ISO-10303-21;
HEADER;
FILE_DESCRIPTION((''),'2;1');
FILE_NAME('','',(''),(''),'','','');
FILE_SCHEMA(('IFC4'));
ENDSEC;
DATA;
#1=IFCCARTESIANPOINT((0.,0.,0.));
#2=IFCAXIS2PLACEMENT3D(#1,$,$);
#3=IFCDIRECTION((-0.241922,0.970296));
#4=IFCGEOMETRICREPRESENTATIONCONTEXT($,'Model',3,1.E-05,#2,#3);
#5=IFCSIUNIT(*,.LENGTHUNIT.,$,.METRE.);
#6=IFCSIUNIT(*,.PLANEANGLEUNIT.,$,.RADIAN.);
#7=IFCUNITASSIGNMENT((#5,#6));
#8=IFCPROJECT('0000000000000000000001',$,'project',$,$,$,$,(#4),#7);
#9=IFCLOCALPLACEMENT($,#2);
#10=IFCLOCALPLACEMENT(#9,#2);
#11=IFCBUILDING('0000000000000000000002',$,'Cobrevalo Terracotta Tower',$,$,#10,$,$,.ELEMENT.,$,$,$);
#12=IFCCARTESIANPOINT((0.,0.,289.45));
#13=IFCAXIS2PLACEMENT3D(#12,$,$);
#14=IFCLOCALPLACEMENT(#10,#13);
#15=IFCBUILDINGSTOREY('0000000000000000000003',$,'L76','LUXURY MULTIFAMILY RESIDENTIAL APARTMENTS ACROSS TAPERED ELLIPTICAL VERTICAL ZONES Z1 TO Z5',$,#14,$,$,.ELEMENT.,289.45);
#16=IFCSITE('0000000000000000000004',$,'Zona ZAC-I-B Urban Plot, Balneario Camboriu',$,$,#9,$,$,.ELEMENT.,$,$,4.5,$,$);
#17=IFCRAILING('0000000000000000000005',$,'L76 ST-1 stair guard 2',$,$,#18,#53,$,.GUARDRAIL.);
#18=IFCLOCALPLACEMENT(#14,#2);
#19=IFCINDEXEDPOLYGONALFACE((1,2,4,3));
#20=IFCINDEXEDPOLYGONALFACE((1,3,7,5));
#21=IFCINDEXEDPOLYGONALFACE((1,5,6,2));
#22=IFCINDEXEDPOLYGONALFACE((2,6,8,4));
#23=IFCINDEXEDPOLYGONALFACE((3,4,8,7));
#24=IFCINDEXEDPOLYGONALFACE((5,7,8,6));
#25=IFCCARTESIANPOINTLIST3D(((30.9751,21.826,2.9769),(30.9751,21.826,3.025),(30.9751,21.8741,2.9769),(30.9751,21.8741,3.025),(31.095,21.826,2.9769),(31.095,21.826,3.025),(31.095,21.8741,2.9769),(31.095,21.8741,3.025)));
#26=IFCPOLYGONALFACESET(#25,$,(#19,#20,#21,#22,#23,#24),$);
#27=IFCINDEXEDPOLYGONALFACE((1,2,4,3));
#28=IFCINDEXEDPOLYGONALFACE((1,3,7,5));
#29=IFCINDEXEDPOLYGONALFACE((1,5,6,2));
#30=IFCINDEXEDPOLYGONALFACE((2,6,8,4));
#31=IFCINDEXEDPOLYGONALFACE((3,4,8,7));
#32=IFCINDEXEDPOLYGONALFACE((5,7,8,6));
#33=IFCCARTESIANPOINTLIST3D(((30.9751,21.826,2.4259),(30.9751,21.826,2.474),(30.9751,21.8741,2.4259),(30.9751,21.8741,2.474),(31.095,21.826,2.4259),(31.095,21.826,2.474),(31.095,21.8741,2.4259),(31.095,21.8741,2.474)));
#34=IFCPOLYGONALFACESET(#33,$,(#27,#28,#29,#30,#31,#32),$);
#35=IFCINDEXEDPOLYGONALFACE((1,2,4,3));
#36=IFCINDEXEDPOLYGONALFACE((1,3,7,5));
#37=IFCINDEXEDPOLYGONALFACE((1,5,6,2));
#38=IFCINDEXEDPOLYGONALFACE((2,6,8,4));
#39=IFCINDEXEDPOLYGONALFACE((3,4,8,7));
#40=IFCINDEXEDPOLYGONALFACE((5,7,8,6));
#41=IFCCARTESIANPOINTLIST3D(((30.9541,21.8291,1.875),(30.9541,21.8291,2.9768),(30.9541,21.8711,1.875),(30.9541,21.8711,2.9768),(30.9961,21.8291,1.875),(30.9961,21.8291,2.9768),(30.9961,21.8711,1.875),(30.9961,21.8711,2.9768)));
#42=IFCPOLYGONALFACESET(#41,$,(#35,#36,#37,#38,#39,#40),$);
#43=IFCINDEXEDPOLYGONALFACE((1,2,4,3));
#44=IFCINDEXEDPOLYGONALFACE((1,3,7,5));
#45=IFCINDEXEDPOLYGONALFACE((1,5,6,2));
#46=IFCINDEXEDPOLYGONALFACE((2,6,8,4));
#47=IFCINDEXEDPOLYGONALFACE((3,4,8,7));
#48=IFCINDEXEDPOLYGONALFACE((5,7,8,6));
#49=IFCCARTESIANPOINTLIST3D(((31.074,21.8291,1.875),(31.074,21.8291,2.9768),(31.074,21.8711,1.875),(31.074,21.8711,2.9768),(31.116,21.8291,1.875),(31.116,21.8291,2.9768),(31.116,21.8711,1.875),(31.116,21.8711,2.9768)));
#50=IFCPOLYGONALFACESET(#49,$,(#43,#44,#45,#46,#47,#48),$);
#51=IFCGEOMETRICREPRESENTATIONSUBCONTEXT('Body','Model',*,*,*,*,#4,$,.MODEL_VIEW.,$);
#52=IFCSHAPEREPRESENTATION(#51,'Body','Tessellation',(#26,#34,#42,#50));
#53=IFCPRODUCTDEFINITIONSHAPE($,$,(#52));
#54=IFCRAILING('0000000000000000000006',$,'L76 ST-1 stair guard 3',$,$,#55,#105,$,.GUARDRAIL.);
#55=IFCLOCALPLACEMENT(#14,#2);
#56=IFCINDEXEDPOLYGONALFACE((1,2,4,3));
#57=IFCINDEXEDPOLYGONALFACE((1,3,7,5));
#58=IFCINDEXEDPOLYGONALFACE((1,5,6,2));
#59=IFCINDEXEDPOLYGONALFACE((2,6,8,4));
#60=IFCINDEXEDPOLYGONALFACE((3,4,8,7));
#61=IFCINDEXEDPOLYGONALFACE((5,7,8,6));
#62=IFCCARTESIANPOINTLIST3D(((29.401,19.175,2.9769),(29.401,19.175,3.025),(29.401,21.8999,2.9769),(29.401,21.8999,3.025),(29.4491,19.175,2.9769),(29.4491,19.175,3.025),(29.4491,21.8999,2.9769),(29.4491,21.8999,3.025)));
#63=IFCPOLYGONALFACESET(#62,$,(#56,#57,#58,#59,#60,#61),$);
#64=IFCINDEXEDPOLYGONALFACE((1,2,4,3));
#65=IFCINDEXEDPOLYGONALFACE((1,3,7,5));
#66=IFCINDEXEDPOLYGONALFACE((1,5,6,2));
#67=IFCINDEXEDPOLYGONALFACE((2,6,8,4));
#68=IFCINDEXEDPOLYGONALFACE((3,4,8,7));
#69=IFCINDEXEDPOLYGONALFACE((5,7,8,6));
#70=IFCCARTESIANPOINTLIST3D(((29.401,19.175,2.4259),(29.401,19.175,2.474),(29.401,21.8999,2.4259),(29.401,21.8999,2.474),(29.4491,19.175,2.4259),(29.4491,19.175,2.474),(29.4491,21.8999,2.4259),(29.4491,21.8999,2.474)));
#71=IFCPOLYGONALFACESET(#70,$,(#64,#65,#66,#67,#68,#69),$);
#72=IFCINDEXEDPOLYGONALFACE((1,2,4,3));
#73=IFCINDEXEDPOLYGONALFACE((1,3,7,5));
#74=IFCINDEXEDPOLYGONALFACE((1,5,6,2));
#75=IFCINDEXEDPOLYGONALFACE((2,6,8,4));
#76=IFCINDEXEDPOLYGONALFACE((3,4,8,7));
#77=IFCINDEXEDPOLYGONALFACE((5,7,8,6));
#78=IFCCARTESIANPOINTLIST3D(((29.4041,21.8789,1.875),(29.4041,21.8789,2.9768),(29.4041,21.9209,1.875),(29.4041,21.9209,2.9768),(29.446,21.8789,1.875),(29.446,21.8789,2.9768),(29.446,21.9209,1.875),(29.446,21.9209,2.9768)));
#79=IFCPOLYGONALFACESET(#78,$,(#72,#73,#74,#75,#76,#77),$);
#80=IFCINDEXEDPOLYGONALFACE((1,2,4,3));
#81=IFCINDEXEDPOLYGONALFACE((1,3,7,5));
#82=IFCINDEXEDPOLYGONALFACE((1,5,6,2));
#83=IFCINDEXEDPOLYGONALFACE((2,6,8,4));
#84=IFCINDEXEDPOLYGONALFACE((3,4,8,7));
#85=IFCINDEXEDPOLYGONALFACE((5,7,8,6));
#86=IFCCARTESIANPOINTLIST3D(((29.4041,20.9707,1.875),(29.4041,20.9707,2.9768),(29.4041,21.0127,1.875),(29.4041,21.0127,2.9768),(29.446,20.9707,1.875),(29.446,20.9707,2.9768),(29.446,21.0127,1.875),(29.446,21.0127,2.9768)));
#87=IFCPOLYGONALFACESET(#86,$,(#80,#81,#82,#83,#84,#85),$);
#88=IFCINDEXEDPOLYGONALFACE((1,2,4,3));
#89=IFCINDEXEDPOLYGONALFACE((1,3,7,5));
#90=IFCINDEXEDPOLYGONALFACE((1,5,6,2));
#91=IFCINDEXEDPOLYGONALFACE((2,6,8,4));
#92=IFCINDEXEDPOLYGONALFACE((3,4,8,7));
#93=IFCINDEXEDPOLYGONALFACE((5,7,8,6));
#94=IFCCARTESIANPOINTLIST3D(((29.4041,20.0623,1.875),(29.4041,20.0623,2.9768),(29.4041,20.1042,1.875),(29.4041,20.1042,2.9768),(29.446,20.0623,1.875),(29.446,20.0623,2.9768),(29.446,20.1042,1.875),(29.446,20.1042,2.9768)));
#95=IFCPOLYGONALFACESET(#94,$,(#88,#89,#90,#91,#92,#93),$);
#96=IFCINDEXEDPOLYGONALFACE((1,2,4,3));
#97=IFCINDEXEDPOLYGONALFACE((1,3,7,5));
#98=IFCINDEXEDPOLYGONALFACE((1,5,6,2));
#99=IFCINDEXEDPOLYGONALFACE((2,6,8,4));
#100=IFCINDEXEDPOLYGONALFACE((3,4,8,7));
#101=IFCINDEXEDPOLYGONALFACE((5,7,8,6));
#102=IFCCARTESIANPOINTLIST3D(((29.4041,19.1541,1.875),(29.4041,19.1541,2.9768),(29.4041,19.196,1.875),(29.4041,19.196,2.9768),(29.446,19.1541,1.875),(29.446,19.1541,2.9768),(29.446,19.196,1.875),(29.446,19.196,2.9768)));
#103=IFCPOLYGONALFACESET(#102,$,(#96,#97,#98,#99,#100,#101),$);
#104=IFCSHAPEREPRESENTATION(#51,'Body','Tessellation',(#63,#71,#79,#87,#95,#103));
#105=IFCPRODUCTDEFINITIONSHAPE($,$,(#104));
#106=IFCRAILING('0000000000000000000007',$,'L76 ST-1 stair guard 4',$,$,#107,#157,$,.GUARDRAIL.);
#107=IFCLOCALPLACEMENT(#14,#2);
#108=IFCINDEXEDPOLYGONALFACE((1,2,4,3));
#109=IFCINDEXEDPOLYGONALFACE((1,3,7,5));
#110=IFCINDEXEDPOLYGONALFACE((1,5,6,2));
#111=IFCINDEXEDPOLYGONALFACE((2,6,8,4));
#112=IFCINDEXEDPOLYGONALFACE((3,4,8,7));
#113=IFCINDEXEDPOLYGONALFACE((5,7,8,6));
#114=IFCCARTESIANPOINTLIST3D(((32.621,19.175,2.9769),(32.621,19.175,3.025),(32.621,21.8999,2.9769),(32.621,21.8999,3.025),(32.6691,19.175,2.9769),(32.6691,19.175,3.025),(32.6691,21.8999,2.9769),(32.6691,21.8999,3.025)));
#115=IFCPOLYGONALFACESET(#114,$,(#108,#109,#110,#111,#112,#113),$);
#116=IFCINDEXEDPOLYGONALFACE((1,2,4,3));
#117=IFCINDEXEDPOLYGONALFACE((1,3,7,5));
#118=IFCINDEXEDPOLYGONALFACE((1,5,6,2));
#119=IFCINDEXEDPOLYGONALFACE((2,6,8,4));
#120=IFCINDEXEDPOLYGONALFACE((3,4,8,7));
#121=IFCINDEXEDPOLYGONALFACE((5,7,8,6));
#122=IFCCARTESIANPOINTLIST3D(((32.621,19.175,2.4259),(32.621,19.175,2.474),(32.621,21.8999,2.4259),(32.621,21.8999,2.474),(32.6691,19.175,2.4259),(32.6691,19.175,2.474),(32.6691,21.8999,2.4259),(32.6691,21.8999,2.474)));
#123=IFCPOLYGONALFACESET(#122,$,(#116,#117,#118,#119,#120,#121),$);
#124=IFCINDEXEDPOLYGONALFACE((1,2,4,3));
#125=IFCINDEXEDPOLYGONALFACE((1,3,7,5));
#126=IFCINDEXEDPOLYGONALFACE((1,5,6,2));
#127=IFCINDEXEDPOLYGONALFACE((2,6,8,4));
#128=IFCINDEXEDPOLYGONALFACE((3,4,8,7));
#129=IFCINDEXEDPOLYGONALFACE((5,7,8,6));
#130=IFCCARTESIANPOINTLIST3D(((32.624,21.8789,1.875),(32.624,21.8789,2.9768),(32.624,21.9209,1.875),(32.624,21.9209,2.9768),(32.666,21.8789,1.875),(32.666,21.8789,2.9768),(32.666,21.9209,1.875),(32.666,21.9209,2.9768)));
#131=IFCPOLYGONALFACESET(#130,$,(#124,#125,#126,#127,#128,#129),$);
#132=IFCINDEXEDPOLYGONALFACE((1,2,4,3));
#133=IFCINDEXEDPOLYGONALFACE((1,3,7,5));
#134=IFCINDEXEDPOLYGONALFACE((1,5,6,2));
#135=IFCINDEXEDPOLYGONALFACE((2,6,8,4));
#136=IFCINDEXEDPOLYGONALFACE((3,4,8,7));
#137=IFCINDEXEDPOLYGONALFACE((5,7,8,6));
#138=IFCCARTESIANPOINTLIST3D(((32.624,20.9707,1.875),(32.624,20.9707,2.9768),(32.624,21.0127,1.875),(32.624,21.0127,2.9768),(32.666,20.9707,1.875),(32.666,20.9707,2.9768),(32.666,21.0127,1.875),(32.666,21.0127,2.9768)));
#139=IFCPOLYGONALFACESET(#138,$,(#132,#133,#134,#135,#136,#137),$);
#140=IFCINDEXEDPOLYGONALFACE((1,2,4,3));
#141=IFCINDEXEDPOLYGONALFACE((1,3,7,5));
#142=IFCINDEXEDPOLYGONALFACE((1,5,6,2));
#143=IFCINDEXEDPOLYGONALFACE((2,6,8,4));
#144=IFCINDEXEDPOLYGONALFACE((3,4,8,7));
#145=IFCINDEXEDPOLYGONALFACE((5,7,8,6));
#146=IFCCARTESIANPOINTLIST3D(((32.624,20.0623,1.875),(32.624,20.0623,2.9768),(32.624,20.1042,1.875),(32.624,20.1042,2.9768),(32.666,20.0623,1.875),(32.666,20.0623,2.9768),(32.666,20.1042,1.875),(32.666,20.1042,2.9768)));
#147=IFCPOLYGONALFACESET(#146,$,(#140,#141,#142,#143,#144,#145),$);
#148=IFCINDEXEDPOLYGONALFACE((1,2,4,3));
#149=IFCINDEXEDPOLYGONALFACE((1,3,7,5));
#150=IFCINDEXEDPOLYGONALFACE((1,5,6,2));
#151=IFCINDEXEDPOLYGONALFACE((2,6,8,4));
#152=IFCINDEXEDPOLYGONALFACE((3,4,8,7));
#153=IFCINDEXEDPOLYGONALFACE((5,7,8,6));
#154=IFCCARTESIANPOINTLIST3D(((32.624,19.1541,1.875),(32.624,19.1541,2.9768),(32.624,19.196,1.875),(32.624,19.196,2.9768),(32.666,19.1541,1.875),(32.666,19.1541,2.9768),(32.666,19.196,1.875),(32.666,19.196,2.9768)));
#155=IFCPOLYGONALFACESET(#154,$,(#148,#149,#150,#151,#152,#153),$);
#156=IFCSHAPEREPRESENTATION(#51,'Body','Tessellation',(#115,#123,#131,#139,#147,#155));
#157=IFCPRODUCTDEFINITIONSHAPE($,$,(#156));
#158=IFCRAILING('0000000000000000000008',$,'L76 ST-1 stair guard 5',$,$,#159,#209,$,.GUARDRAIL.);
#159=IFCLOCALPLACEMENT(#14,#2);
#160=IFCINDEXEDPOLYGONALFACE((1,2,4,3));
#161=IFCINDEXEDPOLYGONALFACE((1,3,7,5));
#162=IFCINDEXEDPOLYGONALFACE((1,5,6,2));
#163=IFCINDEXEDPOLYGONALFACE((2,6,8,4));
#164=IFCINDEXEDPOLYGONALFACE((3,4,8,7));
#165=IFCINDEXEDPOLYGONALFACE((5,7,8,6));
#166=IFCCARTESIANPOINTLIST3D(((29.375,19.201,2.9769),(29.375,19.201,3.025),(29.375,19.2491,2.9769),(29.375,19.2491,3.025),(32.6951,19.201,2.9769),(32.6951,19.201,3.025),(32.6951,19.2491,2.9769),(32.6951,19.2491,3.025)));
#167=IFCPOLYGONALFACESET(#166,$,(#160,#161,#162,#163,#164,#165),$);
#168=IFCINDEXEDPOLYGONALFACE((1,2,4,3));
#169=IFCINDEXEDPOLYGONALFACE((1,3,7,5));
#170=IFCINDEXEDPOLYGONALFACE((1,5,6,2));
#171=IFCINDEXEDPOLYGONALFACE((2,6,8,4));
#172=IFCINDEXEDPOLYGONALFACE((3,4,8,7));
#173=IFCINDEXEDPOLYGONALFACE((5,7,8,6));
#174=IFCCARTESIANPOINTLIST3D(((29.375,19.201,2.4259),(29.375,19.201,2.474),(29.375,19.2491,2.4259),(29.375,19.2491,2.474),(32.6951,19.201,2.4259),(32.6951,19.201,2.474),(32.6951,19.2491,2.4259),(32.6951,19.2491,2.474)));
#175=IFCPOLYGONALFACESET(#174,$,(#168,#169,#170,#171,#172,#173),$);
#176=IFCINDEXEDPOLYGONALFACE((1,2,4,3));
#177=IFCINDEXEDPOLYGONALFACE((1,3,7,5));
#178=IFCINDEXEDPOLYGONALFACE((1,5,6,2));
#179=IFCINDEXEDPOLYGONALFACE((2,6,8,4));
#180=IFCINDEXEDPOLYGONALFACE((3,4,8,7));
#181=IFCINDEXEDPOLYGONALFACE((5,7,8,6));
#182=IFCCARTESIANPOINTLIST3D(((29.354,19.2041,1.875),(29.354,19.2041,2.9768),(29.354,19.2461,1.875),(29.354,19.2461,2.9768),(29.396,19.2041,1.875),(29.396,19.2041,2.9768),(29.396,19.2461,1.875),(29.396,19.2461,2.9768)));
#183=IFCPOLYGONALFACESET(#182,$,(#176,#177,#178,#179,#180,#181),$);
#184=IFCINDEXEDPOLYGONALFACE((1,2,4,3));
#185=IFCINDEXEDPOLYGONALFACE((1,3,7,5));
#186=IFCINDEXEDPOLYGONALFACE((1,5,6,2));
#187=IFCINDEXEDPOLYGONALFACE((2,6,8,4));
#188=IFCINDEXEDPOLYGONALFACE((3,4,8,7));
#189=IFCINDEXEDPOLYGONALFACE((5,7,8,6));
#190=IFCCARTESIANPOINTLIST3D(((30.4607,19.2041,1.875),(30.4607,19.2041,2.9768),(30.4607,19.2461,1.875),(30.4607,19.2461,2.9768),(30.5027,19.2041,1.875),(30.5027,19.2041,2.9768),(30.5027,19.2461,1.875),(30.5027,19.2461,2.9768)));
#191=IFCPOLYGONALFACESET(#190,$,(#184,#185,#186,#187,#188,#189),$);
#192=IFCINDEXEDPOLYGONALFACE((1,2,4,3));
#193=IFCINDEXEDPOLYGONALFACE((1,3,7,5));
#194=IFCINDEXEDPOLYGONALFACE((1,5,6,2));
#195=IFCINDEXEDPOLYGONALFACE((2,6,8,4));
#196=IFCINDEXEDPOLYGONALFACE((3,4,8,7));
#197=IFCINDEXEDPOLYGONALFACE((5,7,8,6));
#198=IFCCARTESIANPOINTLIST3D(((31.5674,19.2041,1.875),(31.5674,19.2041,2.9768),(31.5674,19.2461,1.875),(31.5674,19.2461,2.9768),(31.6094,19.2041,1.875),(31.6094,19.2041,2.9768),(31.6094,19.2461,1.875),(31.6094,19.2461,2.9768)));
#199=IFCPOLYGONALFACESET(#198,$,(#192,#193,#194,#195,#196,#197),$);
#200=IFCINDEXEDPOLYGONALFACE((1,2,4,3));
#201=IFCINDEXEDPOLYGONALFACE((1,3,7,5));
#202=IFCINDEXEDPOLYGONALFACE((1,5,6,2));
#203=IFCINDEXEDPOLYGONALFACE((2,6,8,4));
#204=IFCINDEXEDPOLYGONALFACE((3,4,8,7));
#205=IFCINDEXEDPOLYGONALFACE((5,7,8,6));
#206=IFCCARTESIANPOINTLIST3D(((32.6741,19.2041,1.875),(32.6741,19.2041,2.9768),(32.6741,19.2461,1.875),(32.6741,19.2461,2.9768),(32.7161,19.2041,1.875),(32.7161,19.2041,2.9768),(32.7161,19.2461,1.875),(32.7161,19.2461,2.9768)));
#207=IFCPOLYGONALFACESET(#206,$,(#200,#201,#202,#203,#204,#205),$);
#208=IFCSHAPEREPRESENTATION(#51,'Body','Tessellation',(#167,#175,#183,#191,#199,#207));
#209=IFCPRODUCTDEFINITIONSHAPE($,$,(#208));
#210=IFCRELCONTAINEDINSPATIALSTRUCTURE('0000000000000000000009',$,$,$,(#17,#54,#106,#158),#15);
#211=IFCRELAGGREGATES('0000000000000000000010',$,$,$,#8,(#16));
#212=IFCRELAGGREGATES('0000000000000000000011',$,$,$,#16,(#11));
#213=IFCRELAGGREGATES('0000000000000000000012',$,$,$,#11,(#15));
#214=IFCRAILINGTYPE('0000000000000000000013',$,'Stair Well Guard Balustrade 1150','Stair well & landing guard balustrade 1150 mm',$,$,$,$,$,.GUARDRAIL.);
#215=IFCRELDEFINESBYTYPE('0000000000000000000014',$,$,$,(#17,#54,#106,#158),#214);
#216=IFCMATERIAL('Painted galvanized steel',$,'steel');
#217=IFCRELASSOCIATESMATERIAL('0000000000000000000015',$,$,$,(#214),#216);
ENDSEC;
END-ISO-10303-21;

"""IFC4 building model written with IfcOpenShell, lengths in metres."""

from ifc_helpers import new_model, si_unit, direction, frame, origin, origin_2d, place, context, subcontext, project, spatial, rectangle, extrude, material, type_object, element, save


model = new_model("IFC4")

# Units and contexts
model_context = context("Model", 3, precision=1e-05, world=origin(), true_north=direction((-0.241922, 0.970296)))
body_context = subcontext(model_context, "Body", "Model", "MODEL_VIEW")
ifc_project = project(units=[si_unit("LENGTHUNIT", "METRE"), si_unit("PLANEANGLEUNIT", "RADIAN")], contexts=[model_context])

# Site, building, storey
site_placement = place(None, origin())
site = spatial("IfcSite", under=ifc_project, at=site_placement, Name="Zona ZAC-I-B Urban Plot, Balneario Camboriu", CompositionType="ELEMENT", RefElevation=4.5)
building_placement = place(site_placement, origin())
building = spatial("IfcBuilding", under=site, at=building_placement, Name="Cobrevalo Terracotta Tower", CompositionType="ELEMENT")
storey_placement = place(building_placement, frame((0.0, 0.0, 289.45)))
storey = spatial("IfcBuildingStorey", under=building, at=storey_placement, Name="L76", Description="LUXURY MULTIFAMILY RESIDENTIAL APARTMENTS ACROSS TAPERED ELLIPTICAL VERTICAL ZONES Z1 TO Z5", CompositionType="ELEMENT", Elevation=289.45)

# Railings
ifc_material_1 = material(Name="Painted galvanized steel", Category="steel")
railing_type_1 = type_object("IfcRailingType", Name="Stair Well Guard Balustrade 1150", Description="Stair well & landing guard balustrade 1150 mm", PredefinedType="GUARDRAIL", material=ifc_material_1)
railing_1_placement = place(storey_placement, frame((30.9751, 21.8501, 1.875)))
element("IfcRailing", 1, at=railing_1_placement, inside=storey, type_object=railing_type_1, Name="L76 ST-1 stair guard 2", PredefinedType="GUARDRAIL", context=body_context, shape_type="SweptSolid", body=[
    extrude(rectangle(XDim=0.0481, YDim=0.0481, at=origin_2d()), frame((0.0, 0.0, 1.126), z_axis=(1.0, 0.0, 0.0), x_axis=(0.0, 1.0, 0.0)), (0.0, 0.0, 1.0), 0.1199),
    extrude(rectangle(XDim=0.0481, YDim=0.0481, at=origin_2d()), frame((0.0, 0.0, 0.575), z_axis=(1.0, 0.0, 0.0), x_axis=(0.0, 1.0, 0.0)), (0.0, 0.0, 1.0), 0.1199),
    extrude(rectangle(XDim=0.042, YDim=0.042, at=origin_2d()), origin(), (0.0, 0.0, 1.0), 1.1018),
    extrude(rectangle(XDim=0.042, YDim=0.042, at=origin_2d()), frame((0.1199, 0.0, 0.0)), (0.0, 0.0, 1.0), 1.1018),
])
for number, where, name in (
    (2, (29.425, 21.8999, 1.875), "L76 ST-1 stair guard 3"),
    (3, (32.645, 21.8999, 1.875), "L76 ST-1 stair guard 4"),
):
    element("IfcRailing", number, at=place(storey_placement, frame(where)), inside=storey, type_object=railing_type_1, Name=name, PredefinedType="GUARDRAIL", context=body_context, shape_type="SweptSolid", body=[
        extrude(rectangle(XDim=0.0481, YDim=0.0481, at=origin_2d()), frame((0.0, 0.0, 1.126), z_axis=(0.0, -1.0, 0.0), x_axis=(1.0, 0.0, 0.0)), (0.0, 0.0, 1.0), 2.7249),
        extrude(rectangle(XDim=0.0481, YDim=0.0481, at=origin_2d()), frame((0.0, 0.0, 0.575), z_axis=(0.0, -1.0, 0.0), x_axis=(1.0, 0.0, 0.0)), (0.0, 0.0, 1.0), 2.7249),
        extrude(rectangle(XDim=0.042, YDim=0.042, at=origin_2d()), origin(), (0.0, 0.0, 1.0), 1.1018),
        extrude(rectangle(XDim=0.042, YDim=0.042, at=origin_2d()), frame((0.0, -0.9082, 0.0)), (0.0, 0.0, 1.0), 1.1018),
        extrude(rectangle(XDim=0.042, YDim=0.042, at=origin_2d()), frame((0.0, -1.8167, 0.0)), (0.0, 0.0, 1.0), 1.1018),
        extrude(rectangle(XDim=0.042, YDim=0.042, at=origin_2d()), frame((0.0, -2.7249, 0.0)), (0.0, 0.0, 1.0), 1.1018),
    ])
railing_2_placement = place(storey_placement, frame((29.375, 19.2251, 1.875)))
element("IfcRailing", 4, at=railing_2_placement, inside=storey, type_object=railing_type_1, Name="L76 ST-1 stair guard 5", PredefinedType="GUARDRAIL", context=body_context, shape_type="SweptSolid", body=[
    extrude(rectangle(XDim=0.0481, YDim=0.0481, at=origin_2d()), frame((0.0, 0.0, 1.126), z_axis=(1.0, 0.0, 0.0), x_axis=(0.0, 1.0, 0.0)), (0.0, 0.0, 1.0), 3.3201),
    extrude(rectangle(XDim=0.0481, YDim=0.0481, at=origin_2d()), frame((0.0, 0.0, 0.575), z_axis=(1.0, 0.0, 0.0), x_axis=(0.0, 1.0, 0.0)), (0.0, 0.0, 1.0), 3.3201),
    extrude(rectangle(XDim=0.042, YDim=0.042, at=origin_2d()), origin(), (0.0, 0.0, 1.0), 1.1018),
    extrude(rectangle(XDim=0.042, YDim=0.042, at=origin_2d()), frame((1.1067, 0.0, 0.0)), (0.0, 0.0, 1.0), 1.1018),
    extrude(rectangle(XDim=0.042, YDim=0.042, at=origin_2d()), frame((2.2134, 0.0, 0.0)), (0.0, 0.0, 1.0), 1.1018),
    extrude(rectangle(XDim=0.042, YDim=0.042, at=origin_2d()), frame((3.3201, 0.0, 0.0)), (0.0, 0.0, 1.0), 1.1018),
])

save(model, "model.ifc")
